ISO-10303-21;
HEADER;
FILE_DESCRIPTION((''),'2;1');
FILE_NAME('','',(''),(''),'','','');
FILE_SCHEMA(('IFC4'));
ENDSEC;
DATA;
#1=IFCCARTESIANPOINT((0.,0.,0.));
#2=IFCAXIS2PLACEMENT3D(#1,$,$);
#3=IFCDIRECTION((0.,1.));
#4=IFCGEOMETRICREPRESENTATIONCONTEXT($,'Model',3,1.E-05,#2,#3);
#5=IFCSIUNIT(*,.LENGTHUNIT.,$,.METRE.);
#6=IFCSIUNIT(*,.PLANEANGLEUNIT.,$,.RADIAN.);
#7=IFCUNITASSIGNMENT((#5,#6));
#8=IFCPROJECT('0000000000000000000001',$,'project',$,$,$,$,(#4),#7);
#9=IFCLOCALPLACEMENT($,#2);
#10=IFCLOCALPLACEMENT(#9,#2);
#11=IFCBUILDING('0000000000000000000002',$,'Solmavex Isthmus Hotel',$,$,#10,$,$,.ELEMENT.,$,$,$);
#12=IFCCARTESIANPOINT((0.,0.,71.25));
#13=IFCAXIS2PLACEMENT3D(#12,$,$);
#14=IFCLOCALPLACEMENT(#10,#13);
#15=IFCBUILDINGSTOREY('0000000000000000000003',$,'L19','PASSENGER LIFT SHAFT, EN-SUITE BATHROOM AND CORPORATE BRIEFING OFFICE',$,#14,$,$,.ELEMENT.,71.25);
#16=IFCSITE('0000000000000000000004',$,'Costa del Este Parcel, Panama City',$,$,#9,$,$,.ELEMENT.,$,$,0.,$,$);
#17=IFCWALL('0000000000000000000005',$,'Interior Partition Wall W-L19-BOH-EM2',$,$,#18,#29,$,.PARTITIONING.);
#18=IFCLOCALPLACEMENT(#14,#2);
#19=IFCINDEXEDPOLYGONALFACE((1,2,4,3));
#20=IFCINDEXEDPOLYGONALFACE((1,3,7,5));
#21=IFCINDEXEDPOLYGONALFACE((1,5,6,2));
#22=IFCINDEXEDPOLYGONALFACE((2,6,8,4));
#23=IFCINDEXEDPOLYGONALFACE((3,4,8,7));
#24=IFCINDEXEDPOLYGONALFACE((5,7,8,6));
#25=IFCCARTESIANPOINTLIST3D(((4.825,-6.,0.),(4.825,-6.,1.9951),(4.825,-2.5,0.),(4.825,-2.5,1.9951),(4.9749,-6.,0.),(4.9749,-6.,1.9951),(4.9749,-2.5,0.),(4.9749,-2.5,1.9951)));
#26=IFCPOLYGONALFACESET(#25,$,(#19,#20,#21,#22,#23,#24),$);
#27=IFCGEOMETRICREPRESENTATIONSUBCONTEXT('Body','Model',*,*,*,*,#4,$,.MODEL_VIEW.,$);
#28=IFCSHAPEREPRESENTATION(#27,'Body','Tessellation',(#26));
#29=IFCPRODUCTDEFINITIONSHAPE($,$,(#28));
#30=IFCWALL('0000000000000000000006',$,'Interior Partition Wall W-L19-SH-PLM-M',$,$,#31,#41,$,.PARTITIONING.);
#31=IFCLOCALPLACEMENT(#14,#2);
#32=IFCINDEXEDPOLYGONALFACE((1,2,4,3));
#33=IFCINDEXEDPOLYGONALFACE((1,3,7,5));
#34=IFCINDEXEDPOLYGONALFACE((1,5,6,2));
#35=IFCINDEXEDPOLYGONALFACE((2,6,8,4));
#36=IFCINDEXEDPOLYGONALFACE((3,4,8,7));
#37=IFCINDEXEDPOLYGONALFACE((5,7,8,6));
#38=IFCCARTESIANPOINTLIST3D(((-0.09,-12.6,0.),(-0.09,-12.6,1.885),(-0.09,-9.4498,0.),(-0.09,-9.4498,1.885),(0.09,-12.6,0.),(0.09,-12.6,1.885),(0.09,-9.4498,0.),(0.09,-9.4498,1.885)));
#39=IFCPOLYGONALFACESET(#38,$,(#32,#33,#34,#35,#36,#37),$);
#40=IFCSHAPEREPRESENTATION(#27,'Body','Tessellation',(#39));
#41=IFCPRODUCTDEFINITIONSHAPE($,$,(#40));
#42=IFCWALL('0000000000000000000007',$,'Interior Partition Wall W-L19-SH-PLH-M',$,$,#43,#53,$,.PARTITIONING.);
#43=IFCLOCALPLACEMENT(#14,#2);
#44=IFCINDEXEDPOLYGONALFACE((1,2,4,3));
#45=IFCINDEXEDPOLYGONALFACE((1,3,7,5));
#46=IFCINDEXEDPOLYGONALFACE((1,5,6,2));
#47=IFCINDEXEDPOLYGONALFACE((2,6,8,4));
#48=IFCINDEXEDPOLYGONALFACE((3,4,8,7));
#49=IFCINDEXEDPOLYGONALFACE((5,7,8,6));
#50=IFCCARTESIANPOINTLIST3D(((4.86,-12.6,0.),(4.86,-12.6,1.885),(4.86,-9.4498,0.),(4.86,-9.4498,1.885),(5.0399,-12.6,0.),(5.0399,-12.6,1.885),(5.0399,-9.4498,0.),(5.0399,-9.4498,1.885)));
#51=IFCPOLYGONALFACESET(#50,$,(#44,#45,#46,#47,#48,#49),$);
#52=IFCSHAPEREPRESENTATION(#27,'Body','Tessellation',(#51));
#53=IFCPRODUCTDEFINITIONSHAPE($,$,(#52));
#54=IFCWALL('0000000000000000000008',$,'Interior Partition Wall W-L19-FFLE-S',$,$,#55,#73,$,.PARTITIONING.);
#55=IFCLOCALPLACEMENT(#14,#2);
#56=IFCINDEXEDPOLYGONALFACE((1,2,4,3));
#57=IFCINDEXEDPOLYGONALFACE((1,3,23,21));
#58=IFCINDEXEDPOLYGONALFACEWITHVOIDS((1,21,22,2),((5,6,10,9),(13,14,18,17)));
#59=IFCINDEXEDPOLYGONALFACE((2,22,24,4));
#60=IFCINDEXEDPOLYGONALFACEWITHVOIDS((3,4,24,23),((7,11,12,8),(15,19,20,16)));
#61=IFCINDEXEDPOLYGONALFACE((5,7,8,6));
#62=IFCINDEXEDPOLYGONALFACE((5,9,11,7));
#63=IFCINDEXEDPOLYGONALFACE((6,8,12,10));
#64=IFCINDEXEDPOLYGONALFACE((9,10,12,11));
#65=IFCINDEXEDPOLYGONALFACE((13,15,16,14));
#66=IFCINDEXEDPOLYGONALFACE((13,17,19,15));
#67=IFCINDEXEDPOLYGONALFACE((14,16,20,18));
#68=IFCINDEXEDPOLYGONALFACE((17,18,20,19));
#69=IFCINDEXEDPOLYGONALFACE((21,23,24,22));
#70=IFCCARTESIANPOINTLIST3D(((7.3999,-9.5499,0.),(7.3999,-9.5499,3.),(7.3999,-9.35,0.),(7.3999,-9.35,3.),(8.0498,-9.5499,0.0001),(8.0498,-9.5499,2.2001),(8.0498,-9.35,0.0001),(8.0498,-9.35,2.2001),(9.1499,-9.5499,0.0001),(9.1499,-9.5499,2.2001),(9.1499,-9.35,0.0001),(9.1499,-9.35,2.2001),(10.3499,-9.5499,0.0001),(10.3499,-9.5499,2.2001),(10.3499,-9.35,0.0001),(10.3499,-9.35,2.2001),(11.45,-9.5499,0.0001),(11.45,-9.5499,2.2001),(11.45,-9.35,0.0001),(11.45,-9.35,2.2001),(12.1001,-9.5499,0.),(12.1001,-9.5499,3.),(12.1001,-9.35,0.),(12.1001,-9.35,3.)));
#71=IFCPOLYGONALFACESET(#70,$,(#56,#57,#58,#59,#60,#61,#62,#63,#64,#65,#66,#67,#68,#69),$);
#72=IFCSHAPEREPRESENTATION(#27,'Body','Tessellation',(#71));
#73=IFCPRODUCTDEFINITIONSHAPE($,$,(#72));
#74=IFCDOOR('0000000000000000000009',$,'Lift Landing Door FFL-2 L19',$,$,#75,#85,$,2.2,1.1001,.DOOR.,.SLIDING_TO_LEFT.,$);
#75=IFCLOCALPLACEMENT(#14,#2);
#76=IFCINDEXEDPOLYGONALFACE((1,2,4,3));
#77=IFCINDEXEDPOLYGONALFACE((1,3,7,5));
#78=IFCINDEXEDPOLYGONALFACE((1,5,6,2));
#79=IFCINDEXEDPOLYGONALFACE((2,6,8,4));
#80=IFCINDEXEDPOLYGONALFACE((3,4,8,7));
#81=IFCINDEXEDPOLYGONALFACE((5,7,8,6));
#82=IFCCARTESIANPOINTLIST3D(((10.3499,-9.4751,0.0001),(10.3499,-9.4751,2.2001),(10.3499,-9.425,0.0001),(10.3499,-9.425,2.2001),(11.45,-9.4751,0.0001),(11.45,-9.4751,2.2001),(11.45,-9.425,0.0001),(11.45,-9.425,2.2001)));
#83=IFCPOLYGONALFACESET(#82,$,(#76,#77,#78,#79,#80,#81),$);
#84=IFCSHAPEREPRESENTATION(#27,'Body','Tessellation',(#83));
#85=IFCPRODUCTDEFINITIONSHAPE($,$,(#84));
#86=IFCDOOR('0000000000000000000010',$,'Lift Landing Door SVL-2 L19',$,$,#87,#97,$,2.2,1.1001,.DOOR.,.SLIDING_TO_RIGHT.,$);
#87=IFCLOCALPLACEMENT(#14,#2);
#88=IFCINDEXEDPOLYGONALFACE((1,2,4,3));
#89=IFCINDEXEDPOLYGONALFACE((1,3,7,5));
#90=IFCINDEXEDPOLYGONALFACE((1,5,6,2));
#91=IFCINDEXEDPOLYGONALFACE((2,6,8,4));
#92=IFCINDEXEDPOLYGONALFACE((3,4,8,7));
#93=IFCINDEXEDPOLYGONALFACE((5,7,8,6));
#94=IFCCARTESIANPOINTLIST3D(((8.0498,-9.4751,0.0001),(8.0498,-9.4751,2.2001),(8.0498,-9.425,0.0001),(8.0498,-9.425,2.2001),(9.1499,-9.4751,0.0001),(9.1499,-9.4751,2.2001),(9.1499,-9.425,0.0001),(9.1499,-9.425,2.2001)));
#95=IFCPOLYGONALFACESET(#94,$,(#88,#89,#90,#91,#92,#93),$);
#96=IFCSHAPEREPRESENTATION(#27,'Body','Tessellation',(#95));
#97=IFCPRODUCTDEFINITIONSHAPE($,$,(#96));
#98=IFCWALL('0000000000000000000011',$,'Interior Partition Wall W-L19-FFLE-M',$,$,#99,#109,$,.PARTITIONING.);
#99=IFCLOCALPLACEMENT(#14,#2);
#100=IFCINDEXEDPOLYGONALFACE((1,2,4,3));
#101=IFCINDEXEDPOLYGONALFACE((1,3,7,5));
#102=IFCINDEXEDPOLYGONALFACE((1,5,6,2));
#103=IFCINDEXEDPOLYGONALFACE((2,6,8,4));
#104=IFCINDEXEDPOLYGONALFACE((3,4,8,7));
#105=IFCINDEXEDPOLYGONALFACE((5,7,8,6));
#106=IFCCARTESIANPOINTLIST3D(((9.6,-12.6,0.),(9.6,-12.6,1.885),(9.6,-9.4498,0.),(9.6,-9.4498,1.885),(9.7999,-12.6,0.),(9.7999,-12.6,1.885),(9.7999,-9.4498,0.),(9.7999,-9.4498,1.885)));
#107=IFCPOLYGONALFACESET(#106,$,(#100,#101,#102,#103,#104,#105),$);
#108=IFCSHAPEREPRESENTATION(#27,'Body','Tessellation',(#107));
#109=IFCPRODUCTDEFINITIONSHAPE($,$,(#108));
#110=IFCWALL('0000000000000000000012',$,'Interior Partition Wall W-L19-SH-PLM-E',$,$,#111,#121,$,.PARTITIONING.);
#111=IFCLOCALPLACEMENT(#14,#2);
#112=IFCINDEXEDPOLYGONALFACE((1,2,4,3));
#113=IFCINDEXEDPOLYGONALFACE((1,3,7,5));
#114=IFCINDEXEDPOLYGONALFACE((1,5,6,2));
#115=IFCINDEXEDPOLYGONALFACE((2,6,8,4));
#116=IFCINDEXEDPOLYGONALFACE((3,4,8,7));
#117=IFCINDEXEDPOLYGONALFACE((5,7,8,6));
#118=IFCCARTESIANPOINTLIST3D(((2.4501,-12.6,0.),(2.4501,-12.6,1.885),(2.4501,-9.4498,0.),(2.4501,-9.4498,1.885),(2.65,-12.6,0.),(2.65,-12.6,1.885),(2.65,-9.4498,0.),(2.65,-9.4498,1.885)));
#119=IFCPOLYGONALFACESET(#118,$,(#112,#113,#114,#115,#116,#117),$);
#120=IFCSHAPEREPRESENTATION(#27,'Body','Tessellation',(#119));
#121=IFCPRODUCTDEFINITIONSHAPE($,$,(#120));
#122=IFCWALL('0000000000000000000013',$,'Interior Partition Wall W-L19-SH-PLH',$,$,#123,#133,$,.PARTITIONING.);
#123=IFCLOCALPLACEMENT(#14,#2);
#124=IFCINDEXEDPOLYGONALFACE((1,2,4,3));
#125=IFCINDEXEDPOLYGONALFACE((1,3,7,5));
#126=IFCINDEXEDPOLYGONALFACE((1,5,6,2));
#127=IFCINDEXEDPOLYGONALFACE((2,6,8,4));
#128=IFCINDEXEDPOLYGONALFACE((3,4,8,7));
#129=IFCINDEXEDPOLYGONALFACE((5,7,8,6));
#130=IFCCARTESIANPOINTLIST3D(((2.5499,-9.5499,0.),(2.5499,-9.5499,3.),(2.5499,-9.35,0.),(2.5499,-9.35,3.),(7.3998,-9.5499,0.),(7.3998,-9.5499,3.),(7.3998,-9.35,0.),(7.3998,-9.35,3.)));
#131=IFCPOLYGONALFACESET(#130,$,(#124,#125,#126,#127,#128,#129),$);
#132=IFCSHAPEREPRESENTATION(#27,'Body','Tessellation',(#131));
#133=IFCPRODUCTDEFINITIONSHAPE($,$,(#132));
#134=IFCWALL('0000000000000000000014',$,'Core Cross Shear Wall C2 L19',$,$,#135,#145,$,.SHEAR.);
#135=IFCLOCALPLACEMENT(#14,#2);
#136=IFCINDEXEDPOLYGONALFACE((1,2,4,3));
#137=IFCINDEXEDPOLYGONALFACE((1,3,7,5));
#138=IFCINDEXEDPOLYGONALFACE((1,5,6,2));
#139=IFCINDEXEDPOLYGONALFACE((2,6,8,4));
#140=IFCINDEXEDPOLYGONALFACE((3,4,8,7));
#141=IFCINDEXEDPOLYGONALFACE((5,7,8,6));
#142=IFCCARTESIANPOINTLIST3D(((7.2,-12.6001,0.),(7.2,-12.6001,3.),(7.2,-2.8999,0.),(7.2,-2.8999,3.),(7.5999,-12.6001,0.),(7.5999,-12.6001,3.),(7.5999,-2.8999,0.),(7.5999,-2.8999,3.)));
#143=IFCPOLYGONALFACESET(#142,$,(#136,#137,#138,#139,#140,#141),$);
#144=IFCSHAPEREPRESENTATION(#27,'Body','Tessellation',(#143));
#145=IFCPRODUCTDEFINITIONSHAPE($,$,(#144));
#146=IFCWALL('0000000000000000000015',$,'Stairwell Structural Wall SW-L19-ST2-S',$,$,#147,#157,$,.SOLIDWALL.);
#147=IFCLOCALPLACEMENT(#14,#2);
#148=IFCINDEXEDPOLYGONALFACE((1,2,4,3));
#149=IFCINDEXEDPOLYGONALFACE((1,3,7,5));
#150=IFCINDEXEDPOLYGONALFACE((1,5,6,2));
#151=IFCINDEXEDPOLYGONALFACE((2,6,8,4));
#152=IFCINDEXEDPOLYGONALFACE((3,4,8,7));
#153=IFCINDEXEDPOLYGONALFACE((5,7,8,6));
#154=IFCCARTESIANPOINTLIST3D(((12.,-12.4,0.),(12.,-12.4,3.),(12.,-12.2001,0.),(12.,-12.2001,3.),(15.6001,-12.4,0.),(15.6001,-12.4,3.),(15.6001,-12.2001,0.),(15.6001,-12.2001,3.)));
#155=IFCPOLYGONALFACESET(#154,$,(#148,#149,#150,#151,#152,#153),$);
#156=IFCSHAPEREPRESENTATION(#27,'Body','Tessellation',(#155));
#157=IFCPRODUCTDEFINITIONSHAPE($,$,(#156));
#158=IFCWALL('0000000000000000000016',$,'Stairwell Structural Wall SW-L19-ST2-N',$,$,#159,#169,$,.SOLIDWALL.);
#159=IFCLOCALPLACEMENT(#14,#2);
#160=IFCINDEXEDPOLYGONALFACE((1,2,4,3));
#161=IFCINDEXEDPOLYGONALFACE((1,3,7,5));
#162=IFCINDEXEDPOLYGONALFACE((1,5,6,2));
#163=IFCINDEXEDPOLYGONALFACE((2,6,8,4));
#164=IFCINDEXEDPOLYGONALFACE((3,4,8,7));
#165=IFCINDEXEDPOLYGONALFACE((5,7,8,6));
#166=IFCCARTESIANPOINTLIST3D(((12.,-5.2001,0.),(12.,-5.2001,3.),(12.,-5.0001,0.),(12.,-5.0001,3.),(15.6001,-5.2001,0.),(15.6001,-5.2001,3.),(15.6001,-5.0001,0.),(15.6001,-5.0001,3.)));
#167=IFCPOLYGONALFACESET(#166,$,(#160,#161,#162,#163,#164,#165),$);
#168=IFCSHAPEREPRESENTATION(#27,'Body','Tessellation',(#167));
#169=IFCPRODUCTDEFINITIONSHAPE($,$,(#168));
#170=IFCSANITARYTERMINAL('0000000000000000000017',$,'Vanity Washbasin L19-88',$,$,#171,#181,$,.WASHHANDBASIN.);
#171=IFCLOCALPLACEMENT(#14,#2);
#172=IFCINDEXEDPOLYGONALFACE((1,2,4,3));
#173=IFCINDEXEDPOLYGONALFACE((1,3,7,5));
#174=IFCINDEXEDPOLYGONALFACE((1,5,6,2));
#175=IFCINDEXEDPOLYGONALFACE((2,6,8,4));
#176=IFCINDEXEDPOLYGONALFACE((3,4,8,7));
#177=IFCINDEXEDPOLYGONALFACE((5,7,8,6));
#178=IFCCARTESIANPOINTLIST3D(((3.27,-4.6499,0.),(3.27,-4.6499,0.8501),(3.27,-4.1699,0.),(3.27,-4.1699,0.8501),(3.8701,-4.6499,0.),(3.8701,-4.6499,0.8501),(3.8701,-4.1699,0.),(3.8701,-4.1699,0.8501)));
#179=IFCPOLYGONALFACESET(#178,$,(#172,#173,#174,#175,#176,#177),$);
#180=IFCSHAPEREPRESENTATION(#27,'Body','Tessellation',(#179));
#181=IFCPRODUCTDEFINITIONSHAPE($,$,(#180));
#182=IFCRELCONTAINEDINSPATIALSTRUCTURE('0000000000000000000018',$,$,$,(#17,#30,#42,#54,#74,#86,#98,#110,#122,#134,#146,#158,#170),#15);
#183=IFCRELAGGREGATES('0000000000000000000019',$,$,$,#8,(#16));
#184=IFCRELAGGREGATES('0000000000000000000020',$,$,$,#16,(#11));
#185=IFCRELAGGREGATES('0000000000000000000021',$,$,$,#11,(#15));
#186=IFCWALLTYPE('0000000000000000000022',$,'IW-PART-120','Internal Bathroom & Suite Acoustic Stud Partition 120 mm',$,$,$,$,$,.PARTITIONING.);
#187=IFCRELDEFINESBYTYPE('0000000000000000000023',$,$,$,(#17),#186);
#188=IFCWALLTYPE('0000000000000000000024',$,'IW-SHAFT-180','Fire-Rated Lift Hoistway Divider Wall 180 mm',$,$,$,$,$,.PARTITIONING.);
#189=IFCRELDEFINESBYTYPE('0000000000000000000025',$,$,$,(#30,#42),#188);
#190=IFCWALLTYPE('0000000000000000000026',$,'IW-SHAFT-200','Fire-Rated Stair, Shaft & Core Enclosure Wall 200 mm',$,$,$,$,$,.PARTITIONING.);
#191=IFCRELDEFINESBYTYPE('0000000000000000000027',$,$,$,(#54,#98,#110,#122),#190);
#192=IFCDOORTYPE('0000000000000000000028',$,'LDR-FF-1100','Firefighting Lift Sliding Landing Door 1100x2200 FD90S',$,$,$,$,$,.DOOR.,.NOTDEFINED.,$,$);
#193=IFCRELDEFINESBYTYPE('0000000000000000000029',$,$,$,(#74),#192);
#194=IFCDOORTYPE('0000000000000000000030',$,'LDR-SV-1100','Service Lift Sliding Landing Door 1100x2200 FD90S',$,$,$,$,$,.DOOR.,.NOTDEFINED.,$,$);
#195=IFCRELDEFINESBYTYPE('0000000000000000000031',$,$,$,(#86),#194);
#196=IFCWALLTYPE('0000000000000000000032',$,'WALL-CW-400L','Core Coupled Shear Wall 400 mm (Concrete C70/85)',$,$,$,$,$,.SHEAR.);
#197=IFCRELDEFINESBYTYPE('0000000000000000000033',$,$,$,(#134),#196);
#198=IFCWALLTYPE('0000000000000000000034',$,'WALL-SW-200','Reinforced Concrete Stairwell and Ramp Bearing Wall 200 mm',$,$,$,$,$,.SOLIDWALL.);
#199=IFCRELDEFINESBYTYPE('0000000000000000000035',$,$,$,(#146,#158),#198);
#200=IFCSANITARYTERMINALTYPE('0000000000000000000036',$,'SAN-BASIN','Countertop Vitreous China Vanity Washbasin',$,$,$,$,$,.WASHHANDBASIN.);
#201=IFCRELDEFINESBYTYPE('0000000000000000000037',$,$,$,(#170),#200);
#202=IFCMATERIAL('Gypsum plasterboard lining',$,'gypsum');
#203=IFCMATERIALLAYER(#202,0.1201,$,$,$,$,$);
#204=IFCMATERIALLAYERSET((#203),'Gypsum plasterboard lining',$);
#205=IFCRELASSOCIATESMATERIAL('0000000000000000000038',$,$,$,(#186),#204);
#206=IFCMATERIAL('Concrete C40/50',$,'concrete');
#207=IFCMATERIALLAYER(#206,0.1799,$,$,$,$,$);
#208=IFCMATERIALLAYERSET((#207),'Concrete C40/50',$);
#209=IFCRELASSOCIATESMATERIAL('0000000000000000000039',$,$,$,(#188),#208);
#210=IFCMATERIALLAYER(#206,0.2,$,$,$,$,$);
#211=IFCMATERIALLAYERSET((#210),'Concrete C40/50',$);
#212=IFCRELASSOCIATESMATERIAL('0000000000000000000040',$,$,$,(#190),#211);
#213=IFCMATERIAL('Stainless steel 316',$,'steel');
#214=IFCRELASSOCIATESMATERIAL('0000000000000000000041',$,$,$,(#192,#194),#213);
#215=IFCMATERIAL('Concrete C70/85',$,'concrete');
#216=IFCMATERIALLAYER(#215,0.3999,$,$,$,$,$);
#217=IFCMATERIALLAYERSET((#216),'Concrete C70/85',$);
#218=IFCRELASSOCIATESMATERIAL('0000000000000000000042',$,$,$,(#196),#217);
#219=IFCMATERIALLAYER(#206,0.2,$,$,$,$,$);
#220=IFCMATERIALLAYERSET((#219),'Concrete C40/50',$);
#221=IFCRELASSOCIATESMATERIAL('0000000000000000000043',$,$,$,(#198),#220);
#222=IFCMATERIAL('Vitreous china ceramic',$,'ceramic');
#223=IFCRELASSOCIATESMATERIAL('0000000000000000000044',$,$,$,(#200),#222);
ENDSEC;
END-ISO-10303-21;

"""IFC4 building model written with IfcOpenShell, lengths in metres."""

from ifc_helpers import new_model, si_unit, direction, frame, frame_2d, origin, origin_2d, place, context, subcontext, project, spatial, rectangle, extrude, material, layer, layer_set, type_object, element, fill, save


model = new_model("IFC4")

# Units and contexts
model_context = context("Model", 3, precision=1e-05, world=origin(), true_north=direction((0.0, 1.0)))
body_context = subcontext(model_context, "Body", "Model", "MODEL_VIEW")
ifc_project = project(units=[si_unit("LENGTHUNIT", "METRE"), si_unit("PLANEANGLEUNIT", "RADIAN")], contexts=[model_context])

# Site, building, storey
site_placement = place(None, origin())
site = spatial("IfcSite", under=ifc_project, at=site_placement, Name="Costa del Este Parcel, Panama City", CompositionType="ELEMENT", RefElevation=0.0)
building_placement = place(site_placement, origin())
building = spatial("IfcBuilding", under=site, at=building_placement, Name="Solmavex Isthmus Hotel", CompositionType="ELEMENT")
storey_placement = place(building_placement, frame((0.0, 0.0, 71.25)))
storey = spatial("IfcBuildingStorey", under=building, at=storey_placement, Name="L19", Description="PASSENGER LIFT SHAFT, EN-SUITE BATHROOM AND CORPORATE BRIEFING OFFICE", CompositionType="ELEMENT", Elevation=71.25)

# Shared definitions
ifc_material_1 = material(Name="Concrete C70/85", Category="concrete")

# Shared definitions
ifc_material_2 = material(Name="Concrete C40/50", Category="concrete")

# Shared definitions
ifc_material_3 = material(Name="Gypsum plasterboard lining", Category="gypsum")

# Walls
ifc_layer_1 = layer(ifc_material_3, 0.1201)
ifc_layer_set_1 = layer_set([ifc_layer_1], Name="Gypsum plasterboard lining")
wall_type_1 = type_object("IfcWallType", Name="IW-PART-120", Description="Internal Bathroom & Suite Acoustic Stud Partition 120 mm", PredefinedType="PARTITIONING", material=ifc_layer_set_1)
wall_1_placement = place(storey_placement, frame((4.8999, -6.0, 0.0), z_axis=(0.0, 0.0, 1.0), x_axis=(0.0, 1.0, 0.0)))
element("IfcWall", 1, at=wall_1_placement, inside=storey, type_object=wall_type_1, Name="Interior Partition Wall W-L19-BOH-EM2", PredefinedType="PARTITIONING", context=body_context, shape_type="SweptSolid", body=[
    extrude(rectangle(XDim=3.5, YDim=0.1499, at=frame_2d((1.75, 0.0))), origin(), (0.0, 0.0, 1.0), 1.9951),
])
ifc_layer_2 = layer(ifc_material_2, 0.1799)
ifc_layer_set_2 = layer_set([ifc_layer_2], Name="Concrete C40/50")
wall_type_2 = type_object("IfcWallType", Name="IW-SHAFT-180", Description="Fire-Rated Lift Hoistway Divider Wall 180 mm", PredefinedType="PARTITIONING", material=ifc_layer_set_2)
for number, where, z_axis, x_axis, name in (
    (2, (0.0, -12.6001, 0.0), (0.0, 0.0, 1.0), (0.0, 1.0, 0.0), "Interior Partition Wall W-L19-SH-PLM-M"),
    (3, (4.95, -12.6001, 0.0), (0.0, 0.0, 1.0), (0.0, 1.0, 0.0), "Interior Partition Wall W-L19-SH-PLH-M"),
):
    element("IfcWall", number, at=place(storey_placement, frame(where, z_axis=z_axis, x_axis=x_axis)), inside=storey, type_object=wall_type_2, Name=name, PredefinedType="PARTITIONING", context=body_context, shape_type="SweptSolid", body=[
        extrude(rectangle(XDim=3.1501, YDim=0.1799, at=frame_2d((1.5752, 0.0))), origin(), (0.0, 0.0, 1.0), 1.885),
    ])

# Wall, openings, doors
ifc_layer_3 = layer(ifc_material_2, 0.2)
ifc_layer_set_3 = layer_set([ifc_layer_3], Name="Concrete C40/50")
wall_type_3 = type_object("IfcWallType", Name="IW-SHAFT-200", Description="Fire-Rated Stair, Shaft & Core Enclosure Wall 200 mm", PredefinedType="PARTITIONING", material=ifc_layer_set_3)
wall_2_placement = place(storey_placement, frame((7.3999, -9.45, 0.0), z_axis=(0.0, 0.0, 1.0), x_axis=(1.0, 0.0, 0.0)))
wall_2 = element("IfcWall", 4, at=wall_2_placement, inside=storey, type_object=wall_type_3, Name="Interior Partition Wall W-L19-FFLE-S", PredefinedType="PARTITIONING", context=body_context, shape_type="SweptSolid", body=[
    extrude(rectangle(XDim=4.7002, YDim=0.2, at=frame_2d((2.3501, 0.0))), origin(), (0.0, 0.0, 1.0), 3.0),
])
opening_1_placement = place(wall_2_placement, frame((2.95, 0.0, 0.0)))
opening_1 = element("IfcOpeningElement", 5, at=opening_1_placement, cuts=wall_2, PredefinedType="OPENING", context=body_context, shape_type="SweptSolid", body=[
    extrude(rectangle(XDim=1.1001, YDim=2.2, at=frame_2d((0.55, 1.1001))), frame((0.0, 0.1099, 0.0), z_axis=(0.0, -1.0, 0.0), x_axis=(1.0, 0.0, 0.0)), (0.0, 0.0, 1.0), 0.22),
])
opening_2_placement = place(wall_2_placement, frame((0.6499, 0.0, 0.0)))
opening_2 = element("IfcOpeningElement", 6, at=opening_2_placement, cuts=wall_2, PredefinedType="OPENING", context=body_context, shape_type="SweptSolid", body=[
    extrude(rectangle(XDim=1.1001, YDim=2.2, at=frame_2d((0.55, 1.1001))), frame((0.0, 0.1099, 0.0), z_axis=(0.0, -1.0, 0.0), x_axis=(1.0, 0.0, 0.0)), (0.0, 0.0, 1.0), 0.22),
])
ifc_material_4 = material(Name="Stainless steel 316", Category="steel")
door_type_1 = type_object("IfcDoorType", Name="LDR-FF-1100", Description="Firefighting Lift Sliding Landing Door 1100x2200 FD90S", OperationType="NOTDEFINED", PredefinedType="DOOR", material=ifc_material_4)
door_1_placement = place(opening_1_placement, origin())
door_1 = element("IfcDoor", 7, at=door_1_placement, inside=storey, type_object=door_type_1, Name="Lift Landing Door FFL-2 L19", OperationType="SLIDING_TO_LEFT", OverallHeight=2.2, OverallWidth=1.1001, PredefinedType="DOOR", context=body_context, shape_type="SweptSolid", body=[
    extrude(rectangle(XDim=1.1001, YDim=2.2, at=frame_2d((0.55, 1.1001))), frame((0.0, 0.0249, 0.0), z_axis=(0.0, -1.0, 0.0), x_axis=(1.0, 0.0, 0.0)), (0.0, 0.0, 1.0), 0.05),
])
fill(opening_1, door_1)
door_type_2 = type_object("IfcDoorType", Name="LDR-SV-1100", Description="Service Lift Sliding Landing Door 1100x2200 FD90S", OperationType="NOTDEFINED", PredefinedType="DOOR", material=ifc_material_4)
door_2_placement = place(opening_2_placement, origin())
door_2 = element("IfcDoor", 8, at=door_2_placement, inside=storey, type_object=door_type_2, Name="Lift Landing Door SVL-2 L19", OperationType="SLIDING_TO_RIGHT", OverallHeight=2.2, OverallWidth=1.1001, PredefinedType="DOOR", context=body_context, shape_type="SweptSolid", body=[
    extrude(rectangle(XDim=1.1001, YDim=2.2, at=frame_2d((0.55, 1.1001))), frame((0.0, 0.0249, 0.0), z_axis=(0.0, -1.0, 0.0), x_axis=(1.0, 0.0, 0.0)), (0.0, 0.0, 1.0), 0.05),
])
fill(opening_2, door_2)

# Walls
for number, where, z_axis, x_axis, name in (
    (9, (9.7, -12.6001, 0.0), (0.0, 0.0, 1.0), (0.0, 1.0, 0.0), "Interior Partition Wall W-L19-FFLE-M"),
    (10, (2.55, -12.6001, 0.0), (0.0, 0.0, 1.0), (0.0, 1.0, 0.0), "Interior Partition Wall W-L19-SH-PLM-E"),
):
    element("IfcWall", number, at=place(storey_placement, frame(where, z_axis=z_axis, x_axis=x_axis)), inside=storey, type_object=wall_type_3, Name=name, PredefinedType="PARTITIONING", context=body_context, shape_type="SweptSolid", body=[
        extrude(rectangle(XDim=3.1501, YDim=0.2, at=frame_2d((1.5752, 0.0))), origin(), (0.0, 0.0, 1.0), 1.885),
    ])
wall_3_placement = place(storey_placement, frame((2.55, -9.45, 0.0), z_axis=(0.0, 0.0, 1.0), x_axis=(1.0, 0.0, 0.0)))
element("IfcWall", 11, at=wall_3_placement, inside=storey, type_object=wall_type_3, Name="Interior Partition Wall W-L19-SH-PLH", PredefinedType="PARTITIONING", context=body_context, shape_type="SweptSolid", body=[
    extrude(rectangle(XDim=4.8499, YDim=0.2, at=frame_2d((2.4248, 0.0))), origin(), (0.0, 0.0, 1.0), 3.0),
])
ifc_layer_4 = layer(ifc_material_1, 0.3999)
ifc_layer_set_4 = layer_set([ifc_layer_4], Name="Concrete C70/85")
wall_type_4 = type_object("IfcWallType", Name="WALL-CW-400L", Description="Core Coupled Shear Wall 400 mm (Concrete C70/85)", PredefinedType="SHEAR", material=ifc_layer_set_4)
wall_4_placement = place(storey_placement, frame((7.3999, -12.6001, 0.0), z_axis=(0.0, 0.0, 1.0), x_axis=(0.0, 1.0, 0.0)))
element("IfcWall", 12, at=wall_4_placement, inside=storey, type_object=wall_type_4, Name="Core Cross Shear Wall C2 L19", PredefinedType="SHEAR", context=body_context, shape_type="SweptSolid", body=[
    extrude(rectangle(XDim=9.7002, YDim=0.3999, at=frame_2d((4.8501, 0.0))), origin(), (0.0, 0.0, 1.0), 3.0),
])
ifc_layer_5 = layer(ifc_material_2, 0.2)
ifc_layer_set_5 = layer_set([ifc_layer_5], Name="Concrete C40/50")
wall_type_5 = type_object("IfcWallType", Name="WALL-SW-200", Description="Reinforced Concrete Stairwell and Ramp Bearing Wall 200 mm", PredefinedType="SOLIDWALL", material=ifc_layer_set_5)
for number, where, z_axis, x_axis, name in (
    (13, (12.0, -12.3, 0.0), (0.0, 0.0, 1.0), (1.0, 0.0, 0.0), "Stairwell Structural Wall SW-L19-ST2-S"),
    (14, (12.0, -5.1001, 0.0), (0.0, 0.0, 1.0), (1.0, 0.0, 0.0), "Stairwell Structural Wall SW-L19-ST2-N"),
):
    element("IfcWall", number, at=place(storey_placement, frame(where, z_axis=z_axis, x_axis=x_axis)), inside=storey, type_object=wall_type_5, Name=name, PredefinedType="SOLIDWALL", context=body_context, shape_type="SweptSolid", body=[
        extrude(rectangle(XDim=3.6001, YDim=0.2, at=frame_2d((1.8, 0.0))), origin(), (0.0, 0.0, 1.0), 3.0),
    ])

# Sanitary terminal
ifc_material_5 = material(Name="Vitreous china ceramic", Category="ceramic")
sanitary_terminal_type_1 = type_object("IfcSanitaryTerminalType", Name="SAN-BASIN", Description="Countertop Vitreous China Vanity Washbasin", PredefinedType="WASHHANDBASIN", material=ifc_material_5)
sanitary_terminal_1_placement = place(storey_placement, frame((3.5701, -4.4099, 0.0), z_axis=(0.0, 0.0, 1.0), x_axis=(1.0, 0.0, 0.0)))
element("IfcSanitaryTerminal", 15, at=sanitary_terminal_1_placement, inside=storey, type_object=sanitary_terminal_type_1, Name="Vanity Washbasin L19-88", PredefinedType="WASHHANDBASIN", context=body_context, shape_type="SweptSolid", body=[
    extrude(rectangle(XDim=0.6001, YDim=0.48, at=origin_2d()), origin(), (0.0, 0.0, 1.0), 0.8501),
])

save(model, "model.ifc")
